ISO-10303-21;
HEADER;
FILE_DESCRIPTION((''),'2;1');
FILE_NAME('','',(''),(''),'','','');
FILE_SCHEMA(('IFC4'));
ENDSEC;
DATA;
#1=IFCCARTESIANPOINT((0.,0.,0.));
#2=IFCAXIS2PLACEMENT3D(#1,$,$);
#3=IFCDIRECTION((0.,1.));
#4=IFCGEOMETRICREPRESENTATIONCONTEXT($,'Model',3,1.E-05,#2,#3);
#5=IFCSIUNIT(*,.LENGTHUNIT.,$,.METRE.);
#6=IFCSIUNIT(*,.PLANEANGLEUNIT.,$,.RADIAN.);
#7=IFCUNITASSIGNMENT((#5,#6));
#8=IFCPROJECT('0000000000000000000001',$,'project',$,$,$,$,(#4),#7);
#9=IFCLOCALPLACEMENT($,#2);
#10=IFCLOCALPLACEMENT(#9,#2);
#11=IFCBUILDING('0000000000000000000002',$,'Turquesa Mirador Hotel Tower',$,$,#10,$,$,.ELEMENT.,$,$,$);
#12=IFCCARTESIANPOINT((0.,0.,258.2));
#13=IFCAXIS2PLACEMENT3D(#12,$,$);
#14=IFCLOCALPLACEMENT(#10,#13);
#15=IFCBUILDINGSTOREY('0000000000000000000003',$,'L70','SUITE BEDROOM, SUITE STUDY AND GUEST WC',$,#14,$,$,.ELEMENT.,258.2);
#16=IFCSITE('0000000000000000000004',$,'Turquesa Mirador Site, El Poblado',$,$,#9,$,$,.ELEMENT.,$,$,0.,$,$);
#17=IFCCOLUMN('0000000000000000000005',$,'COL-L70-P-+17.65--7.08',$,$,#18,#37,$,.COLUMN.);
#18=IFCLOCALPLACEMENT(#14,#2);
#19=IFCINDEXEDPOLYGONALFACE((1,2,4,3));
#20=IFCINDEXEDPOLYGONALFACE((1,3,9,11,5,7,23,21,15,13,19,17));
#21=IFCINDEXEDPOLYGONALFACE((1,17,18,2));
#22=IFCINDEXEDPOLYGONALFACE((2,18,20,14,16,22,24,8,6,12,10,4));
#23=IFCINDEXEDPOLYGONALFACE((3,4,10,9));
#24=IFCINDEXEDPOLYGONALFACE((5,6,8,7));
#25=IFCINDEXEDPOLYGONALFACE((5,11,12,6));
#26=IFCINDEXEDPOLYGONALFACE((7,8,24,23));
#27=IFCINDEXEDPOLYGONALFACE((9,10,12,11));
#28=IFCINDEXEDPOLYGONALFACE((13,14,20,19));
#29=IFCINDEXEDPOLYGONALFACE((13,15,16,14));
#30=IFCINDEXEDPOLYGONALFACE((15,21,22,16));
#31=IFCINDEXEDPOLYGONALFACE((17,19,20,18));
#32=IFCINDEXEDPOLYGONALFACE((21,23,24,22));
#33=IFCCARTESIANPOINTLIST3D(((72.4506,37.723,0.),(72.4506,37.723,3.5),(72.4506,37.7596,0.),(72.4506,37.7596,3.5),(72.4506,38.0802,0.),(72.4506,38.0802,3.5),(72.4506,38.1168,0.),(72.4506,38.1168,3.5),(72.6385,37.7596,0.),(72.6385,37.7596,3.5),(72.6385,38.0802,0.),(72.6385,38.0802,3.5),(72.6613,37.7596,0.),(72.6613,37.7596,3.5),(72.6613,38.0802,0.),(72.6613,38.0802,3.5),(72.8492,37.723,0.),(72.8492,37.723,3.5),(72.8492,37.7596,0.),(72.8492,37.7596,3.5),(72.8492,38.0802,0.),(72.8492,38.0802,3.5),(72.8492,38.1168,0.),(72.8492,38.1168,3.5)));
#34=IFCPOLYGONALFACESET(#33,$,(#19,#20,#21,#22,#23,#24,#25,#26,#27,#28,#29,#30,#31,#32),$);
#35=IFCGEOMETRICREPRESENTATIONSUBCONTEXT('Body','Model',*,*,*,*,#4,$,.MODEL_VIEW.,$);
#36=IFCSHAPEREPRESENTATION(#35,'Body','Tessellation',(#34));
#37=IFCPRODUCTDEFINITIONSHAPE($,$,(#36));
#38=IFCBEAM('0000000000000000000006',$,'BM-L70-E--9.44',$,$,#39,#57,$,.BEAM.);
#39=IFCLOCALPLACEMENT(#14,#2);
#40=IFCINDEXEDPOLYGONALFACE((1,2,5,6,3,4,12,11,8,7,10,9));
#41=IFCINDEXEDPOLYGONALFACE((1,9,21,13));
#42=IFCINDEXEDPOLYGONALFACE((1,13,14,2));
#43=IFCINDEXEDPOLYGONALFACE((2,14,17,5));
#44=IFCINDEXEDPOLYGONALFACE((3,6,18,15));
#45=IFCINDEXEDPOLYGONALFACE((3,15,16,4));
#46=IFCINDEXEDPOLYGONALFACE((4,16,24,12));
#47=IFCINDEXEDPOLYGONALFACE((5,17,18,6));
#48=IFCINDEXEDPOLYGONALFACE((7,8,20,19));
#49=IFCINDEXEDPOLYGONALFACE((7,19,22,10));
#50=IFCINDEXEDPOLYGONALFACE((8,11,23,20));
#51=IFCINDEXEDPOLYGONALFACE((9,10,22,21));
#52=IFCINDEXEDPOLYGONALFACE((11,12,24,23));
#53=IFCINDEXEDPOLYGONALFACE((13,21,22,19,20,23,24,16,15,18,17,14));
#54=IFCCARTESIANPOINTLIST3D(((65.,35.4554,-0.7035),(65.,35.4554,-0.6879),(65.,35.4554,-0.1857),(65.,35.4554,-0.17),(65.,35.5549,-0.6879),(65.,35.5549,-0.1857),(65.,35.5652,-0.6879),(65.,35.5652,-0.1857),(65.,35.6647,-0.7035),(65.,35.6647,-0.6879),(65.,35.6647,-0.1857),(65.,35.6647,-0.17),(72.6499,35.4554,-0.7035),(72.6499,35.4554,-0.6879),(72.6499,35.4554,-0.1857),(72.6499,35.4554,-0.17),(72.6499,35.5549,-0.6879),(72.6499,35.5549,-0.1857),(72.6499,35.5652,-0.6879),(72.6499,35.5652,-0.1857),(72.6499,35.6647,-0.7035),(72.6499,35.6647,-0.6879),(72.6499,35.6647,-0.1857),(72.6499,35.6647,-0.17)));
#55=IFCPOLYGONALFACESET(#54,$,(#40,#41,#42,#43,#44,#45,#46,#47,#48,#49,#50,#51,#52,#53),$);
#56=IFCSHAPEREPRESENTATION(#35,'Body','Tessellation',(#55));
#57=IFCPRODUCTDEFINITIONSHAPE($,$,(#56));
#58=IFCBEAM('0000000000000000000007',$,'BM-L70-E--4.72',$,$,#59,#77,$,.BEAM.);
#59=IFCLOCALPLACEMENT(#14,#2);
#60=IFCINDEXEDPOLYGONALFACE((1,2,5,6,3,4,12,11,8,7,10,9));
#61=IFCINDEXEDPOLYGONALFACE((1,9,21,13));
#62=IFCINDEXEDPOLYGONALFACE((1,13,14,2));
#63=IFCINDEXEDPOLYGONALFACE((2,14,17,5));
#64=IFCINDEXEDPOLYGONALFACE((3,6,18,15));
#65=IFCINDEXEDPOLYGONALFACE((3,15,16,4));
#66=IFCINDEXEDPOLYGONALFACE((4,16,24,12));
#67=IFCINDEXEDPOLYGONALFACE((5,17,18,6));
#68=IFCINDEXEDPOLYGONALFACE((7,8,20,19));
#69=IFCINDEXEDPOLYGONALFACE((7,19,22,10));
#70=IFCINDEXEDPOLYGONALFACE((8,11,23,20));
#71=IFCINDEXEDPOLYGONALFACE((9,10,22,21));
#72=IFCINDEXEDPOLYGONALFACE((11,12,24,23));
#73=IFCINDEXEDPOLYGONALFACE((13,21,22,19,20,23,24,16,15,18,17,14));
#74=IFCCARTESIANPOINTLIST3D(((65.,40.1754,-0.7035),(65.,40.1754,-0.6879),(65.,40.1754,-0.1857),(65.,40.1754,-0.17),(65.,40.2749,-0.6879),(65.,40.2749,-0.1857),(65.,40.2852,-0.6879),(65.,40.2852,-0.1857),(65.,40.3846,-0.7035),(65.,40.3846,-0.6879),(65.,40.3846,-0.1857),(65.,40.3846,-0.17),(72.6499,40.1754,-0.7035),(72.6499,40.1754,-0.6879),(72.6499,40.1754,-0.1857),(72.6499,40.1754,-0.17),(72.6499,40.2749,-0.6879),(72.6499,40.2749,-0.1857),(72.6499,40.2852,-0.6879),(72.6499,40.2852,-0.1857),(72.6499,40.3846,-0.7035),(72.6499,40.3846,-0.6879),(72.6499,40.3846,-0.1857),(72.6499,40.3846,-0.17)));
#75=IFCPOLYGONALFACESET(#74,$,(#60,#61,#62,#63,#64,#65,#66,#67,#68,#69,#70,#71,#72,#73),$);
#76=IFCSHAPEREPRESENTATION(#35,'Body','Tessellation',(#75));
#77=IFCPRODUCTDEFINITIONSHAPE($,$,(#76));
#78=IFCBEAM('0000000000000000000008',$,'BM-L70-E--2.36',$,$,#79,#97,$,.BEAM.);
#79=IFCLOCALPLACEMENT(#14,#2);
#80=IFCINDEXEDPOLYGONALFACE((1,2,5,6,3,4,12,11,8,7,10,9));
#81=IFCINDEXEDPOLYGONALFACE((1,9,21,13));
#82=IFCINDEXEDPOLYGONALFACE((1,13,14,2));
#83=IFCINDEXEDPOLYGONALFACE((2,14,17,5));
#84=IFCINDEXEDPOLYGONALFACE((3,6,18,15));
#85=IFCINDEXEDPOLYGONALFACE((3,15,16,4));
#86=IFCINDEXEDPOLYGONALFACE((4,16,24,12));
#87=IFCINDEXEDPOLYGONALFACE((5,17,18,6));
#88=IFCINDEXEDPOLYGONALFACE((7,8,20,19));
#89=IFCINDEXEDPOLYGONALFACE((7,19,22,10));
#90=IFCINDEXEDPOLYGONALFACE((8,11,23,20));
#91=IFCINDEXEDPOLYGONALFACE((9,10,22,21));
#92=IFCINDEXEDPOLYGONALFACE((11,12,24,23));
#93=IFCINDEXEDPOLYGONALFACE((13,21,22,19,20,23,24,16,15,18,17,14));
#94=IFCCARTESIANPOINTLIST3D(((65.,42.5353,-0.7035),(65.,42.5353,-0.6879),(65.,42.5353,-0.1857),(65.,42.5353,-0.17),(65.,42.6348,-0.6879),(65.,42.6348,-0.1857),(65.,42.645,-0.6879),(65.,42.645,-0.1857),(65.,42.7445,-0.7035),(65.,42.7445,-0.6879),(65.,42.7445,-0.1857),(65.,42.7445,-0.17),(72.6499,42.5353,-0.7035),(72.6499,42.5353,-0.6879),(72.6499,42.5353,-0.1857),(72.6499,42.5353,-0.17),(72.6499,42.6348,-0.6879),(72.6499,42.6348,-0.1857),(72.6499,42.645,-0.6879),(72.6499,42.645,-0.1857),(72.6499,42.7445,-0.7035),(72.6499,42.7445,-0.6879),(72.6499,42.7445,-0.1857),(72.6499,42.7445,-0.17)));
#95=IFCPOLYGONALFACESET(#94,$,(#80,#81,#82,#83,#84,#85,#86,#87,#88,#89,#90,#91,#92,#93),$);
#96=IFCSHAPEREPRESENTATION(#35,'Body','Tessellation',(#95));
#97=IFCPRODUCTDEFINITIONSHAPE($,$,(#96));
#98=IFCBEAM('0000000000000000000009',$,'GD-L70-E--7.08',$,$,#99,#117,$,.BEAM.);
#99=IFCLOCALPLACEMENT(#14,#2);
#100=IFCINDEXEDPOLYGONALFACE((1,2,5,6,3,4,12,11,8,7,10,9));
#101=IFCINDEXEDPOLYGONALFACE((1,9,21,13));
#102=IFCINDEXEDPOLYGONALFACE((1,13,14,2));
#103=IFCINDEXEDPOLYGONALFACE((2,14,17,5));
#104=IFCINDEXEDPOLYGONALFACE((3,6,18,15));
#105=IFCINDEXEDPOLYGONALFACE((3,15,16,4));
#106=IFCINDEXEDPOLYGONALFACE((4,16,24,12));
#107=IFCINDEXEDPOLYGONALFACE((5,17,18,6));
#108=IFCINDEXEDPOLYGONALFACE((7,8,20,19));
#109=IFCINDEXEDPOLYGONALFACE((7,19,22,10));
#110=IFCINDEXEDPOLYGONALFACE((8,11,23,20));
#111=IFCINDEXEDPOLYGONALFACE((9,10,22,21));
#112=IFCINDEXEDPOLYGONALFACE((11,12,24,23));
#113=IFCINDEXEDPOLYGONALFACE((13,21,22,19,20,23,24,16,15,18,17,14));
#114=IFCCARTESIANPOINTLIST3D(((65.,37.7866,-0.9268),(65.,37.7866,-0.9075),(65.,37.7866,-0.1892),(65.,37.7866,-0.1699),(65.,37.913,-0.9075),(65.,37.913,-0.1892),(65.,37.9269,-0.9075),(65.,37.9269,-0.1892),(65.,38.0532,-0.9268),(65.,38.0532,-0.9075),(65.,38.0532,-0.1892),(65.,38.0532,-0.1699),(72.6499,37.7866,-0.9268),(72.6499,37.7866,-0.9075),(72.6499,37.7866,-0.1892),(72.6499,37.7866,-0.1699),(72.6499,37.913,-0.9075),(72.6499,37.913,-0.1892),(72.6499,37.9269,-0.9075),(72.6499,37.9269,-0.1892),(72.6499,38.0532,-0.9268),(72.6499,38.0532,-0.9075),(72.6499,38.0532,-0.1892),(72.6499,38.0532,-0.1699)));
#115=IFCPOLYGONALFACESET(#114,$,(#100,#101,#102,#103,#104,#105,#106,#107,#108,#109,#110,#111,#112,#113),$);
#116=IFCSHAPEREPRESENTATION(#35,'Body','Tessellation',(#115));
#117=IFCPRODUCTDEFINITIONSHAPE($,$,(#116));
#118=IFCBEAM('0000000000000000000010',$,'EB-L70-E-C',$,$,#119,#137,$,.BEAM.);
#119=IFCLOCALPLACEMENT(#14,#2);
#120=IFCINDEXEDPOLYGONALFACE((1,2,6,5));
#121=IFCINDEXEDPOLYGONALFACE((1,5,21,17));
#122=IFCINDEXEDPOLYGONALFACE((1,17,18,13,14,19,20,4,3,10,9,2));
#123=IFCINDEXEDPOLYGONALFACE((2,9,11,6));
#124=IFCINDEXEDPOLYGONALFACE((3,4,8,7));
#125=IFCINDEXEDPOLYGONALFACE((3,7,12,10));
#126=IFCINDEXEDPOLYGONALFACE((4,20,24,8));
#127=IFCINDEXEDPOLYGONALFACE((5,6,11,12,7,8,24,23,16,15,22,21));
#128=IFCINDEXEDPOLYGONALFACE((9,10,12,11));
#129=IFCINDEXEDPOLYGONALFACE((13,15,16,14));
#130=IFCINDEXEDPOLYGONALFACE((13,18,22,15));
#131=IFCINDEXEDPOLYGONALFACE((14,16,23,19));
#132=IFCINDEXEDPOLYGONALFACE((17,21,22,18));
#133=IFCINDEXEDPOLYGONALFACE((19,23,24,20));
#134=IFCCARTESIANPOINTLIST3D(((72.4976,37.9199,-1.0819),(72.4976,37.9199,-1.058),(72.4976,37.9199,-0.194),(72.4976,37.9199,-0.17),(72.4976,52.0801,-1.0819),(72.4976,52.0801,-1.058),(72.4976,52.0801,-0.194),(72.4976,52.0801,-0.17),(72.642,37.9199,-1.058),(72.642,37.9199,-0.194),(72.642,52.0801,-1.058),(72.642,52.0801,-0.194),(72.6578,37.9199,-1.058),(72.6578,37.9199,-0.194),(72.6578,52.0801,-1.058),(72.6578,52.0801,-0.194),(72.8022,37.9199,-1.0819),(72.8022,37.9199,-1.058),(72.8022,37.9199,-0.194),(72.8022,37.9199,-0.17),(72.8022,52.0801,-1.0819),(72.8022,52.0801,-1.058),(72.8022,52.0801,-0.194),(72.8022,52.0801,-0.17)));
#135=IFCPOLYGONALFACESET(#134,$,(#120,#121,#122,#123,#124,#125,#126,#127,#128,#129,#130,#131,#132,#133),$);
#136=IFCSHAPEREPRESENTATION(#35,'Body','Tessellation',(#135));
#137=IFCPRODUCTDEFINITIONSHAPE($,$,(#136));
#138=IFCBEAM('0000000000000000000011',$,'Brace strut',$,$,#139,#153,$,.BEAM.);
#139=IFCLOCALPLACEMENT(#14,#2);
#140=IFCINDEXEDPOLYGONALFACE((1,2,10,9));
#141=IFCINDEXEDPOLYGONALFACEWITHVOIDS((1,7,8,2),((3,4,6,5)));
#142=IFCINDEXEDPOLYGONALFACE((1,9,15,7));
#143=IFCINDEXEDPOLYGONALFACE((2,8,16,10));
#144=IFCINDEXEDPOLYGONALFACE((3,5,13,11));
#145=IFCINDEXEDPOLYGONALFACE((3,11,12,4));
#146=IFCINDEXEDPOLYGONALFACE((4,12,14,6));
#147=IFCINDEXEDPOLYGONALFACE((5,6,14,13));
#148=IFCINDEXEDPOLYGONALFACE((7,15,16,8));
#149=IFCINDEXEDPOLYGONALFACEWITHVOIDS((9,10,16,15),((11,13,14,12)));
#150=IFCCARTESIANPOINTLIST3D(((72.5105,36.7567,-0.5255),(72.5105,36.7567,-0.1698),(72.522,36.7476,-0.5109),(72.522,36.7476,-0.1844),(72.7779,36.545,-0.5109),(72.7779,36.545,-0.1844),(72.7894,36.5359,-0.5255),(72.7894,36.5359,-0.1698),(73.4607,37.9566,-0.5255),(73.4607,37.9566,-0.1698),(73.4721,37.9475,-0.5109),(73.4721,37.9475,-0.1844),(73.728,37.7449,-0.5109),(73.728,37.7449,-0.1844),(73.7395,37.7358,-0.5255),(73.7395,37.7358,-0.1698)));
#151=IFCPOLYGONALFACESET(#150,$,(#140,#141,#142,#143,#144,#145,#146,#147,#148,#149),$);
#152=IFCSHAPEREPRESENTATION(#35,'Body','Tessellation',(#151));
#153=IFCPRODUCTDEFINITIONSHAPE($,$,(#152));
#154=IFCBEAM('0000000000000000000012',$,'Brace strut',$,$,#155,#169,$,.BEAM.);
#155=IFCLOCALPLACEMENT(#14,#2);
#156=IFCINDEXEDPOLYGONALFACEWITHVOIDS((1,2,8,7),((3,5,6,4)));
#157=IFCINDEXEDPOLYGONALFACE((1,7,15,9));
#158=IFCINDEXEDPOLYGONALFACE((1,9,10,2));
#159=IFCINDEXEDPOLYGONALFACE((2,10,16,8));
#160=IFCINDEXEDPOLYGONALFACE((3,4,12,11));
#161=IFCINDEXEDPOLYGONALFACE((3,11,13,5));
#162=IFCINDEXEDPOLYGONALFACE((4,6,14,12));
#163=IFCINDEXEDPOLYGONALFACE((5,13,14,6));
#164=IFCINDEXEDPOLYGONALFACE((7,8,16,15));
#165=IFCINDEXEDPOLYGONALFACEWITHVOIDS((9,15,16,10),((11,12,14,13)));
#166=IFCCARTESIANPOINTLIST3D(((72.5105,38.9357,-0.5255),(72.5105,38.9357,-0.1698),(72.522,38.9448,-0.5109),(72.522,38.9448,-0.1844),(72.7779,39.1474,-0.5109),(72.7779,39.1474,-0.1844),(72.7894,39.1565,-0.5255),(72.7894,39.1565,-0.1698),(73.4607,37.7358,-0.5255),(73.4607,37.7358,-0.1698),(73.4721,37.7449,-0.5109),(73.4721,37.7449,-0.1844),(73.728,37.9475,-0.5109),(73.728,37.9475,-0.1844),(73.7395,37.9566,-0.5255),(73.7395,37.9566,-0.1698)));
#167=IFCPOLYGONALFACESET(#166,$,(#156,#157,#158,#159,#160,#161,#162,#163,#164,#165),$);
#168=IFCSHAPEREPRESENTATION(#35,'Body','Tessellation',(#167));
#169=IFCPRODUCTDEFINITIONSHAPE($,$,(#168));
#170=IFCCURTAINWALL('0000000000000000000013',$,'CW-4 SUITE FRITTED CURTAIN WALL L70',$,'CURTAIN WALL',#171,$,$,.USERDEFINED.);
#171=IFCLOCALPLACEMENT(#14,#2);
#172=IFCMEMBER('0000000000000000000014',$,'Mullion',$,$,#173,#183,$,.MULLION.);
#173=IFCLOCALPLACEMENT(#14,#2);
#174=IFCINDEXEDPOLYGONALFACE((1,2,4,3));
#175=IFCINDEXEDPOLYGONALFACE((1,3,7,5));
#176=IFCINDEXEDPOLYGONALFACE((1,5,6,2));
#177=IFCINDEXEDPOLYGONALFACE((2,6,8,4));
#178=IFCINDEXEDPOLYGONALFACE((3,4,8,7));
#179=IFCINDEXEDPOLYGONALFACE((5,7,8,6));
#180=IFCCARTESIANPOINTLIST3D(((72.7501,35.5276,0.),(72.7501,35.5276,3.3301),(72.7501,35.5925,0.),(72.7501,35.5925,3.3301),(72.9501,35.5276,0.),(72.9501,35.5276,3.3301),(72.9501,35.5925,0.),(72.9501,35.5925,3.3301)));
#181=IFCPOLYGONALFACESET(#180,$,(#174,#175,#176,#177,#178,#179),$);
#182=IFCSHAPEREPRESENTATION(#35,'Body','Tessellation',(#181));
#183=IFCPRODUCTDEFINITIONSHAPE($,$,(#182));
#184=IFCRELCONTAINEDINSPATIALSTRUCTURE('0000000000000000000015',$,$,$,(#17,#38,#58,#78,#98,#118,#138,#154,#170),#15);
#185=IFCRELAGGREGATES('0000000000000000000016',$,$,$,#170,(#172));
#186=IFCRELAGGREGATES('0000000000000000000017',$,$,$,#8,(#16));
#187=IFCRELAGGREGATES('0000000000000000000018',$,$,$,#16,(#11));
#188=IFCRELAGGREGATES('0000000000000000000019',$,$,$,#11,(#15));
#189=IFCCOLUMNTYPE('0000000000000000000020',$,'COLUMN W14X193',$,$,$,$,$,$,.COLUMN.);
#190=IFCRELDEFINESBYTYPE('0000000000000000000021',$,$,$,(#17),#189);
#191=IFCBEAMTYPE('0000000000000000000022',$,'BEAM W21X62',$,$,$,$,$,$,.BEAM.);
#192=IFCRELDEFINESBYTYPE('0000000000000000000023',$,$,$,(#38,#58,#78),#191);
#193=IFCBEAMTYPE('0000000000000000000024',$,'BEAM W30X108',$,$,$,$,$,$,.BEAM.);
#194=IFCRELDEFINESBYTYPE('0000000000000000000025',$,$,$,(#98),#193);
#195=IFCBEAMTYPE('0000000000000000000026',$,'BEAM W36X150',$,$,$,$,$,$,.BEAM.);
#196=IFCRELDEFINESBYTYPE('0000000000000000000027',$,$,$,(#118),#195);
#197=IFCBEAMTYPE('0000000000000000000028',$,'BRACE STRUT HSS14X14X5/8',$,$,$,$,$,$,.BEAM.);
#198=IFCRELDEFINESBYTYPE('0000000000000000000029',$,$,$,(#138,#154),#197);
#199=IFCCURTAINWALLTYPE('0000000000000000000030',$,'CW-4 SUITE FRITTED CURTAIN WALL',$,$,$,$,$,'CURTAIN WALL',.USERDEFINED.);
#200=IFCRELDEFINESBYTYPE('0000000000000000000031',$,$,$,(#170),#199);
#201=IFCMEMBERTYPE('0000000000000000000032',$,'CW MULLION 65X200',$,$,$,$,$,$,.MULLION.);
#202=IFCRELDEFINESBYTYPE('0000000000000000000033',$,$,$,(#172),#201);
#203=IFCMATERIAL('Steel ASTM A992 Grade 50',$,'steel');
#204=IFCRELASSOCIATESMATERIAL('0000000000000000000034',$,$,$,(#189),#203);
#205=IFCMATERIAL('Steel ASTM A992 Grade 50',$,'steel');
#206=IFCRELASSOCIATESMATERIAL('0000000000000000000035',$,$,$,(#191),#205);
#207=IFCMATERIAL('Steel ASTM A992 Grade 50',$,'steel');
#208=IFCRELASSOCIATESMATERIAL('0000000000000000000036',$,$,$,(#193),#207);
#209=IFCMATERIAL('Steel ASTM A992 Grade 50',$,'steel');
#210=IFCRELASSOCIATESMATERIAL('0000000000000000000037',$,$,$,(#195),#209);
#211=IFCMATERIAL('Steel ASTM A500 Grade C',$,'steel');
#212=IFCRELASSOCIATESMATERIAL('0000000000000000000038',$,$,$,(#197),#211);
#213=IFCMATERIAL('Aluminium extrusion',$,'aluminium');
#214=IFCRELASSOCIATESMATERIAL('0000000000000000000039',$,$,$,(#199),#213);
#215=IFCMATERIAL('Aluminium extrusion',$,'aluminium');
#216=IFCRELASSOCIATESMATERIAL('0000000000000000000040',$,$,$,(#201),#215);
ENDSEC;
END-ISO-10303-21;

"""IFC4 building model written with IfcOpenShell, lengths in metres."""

from ifc_helpers import new_model, si_unit, direction, frame, origin, origin_2d, place, context, subcontext, project, spatial, rectangle, hollow_rectangle, i_section, extrude, material, material_profile, profile_set, type_object, element, aggregate, save


model = new_model("IFC4")

# Units and contexts
model_context = context("Model", 3, precision=1e-05, world=origin(), true_north=direction((0.0, 1.0)))
body_context = subcontext(model_context, "Body", "Model", "MODEL_VIEW")
ifc_project = project(units=[si_unit("LENGTHUNIT", "METRE"), si_unit("PLANEANGLEUNIT", "RADIAN")], contexts=[model_context])

# Site, building, storey
site_placement = place(None, origin())
site = spatial("IfcSite", under=ifc_project, at=site_placement, Name="Turquesa Mirador Site, El Poblado", CompositionType="ELEMENT", RefElevation=0.0)
building_placement = place(site_placement, origin())
building = spatial("IfcBuilding", under=site, at=building_placement, Name="Turquesa Mirador Hotel Tower", CompositionType="ELEMENT")
storey_placement = place(building_placement, frame((0.0, 0.0, 258.2)))
storey = spatial("IfcBuildingStorey", under=building, at=storey_placement, Name="L70", Description="SUITE BEDROOM, SUITE STUDY AND GUEST WC", CompositionType="ELEMENT", Elevation=258.2)

# Column
ifc_material_1 = material(Name="Steel ASTM A992 Grade 50", Category="steel")
ifc_material_profile_1 = material_profile(ifc_material_1, i_section(OverallWidth=0.3987, OverallDepth=0.3938, WebThickness=0.0227, FlangeThickness=0.0366, at=origin_2d()), Name="W14X193")
ifc_profile_set_1 = profile_set([ifc_material_profile_1], Name="Steel ASTM A992 Grade 50")
column_type = type_object("IfcColumnType", Name="COLUMN W14X193", PredefinedType="COLUMN", material=ifc_profile_set_1)
column_placement = place(storey_placement, frame((72.6499, 37.9199, 0.0), z_axis=(0.0, 0.0, 1.0), x_axis=(1.0, 0.0, 0.0)))
element("IfcColumn", 1, at=column_placement, inside=storey, type_object=column_type, Name="COL-L70-P-+17.65--7.08", PredefinedType="COLUMN", context=body_context, shape_type="SweptSolid", body=[
    extrude(i_section(OverallWidth=0.3987, OverallDepth=0.3938, WebThickness=0.0227, FlangeThickness=0.0366, at=origin_2d()), origin(), (0.0, 0.0, 1.0), 3.5),
])

# Beams
ifc_material_2 = material(Name="Steel ASTM A992 Grade 50", Category="steel")
ifc_material_profile_2 = material_profile(ifc_material_2, i_section(OverallWidth=0.2092, OverallDepth=0.5334, WebThickness=0.0103, FlangeThickness=0.0156, at=origin_2d()), Name="W21X62")
ifc_profile_set_2 = profile_set([ifc_material_profile_2], Name="Steel ASTM A992 Grade 50")
beam_type_1 = type_object("IfcBeamType", Name="BEAM W21X62", PredefinedType="BEAM", material=ifc_profile_set_2)
for number, where, z_axis, x_axis, name in (
    (2, (72.6499, 35.5601, -0.4368), (-1.0, 0.0, 0.0), (0.0, -1.0, 0.0), "BM-L70-E--9.44"),
    (3, (72.6499, 40.28, -0.4368), (-1.0, 0.0, 0.0), (0.0, -1.0, 0.0), "BM-L70-E--4.72"),
    (4, (72.6499, 42.6399, -0.4368), (-1.0, 0.0, 0.0), (0.0, -1.0, 0.0), "BM-L70-E--2.36"),
):
    element("IfcBeam", number, at=place(storey_placement, frame(where, z_axis=z_axis, x_axis=x_axis)), inside=storey, type_object=beam_type_1, Name=name, PredefinedType="BEAM", context=body_context, shape_type="SweptSolid", body=[
        extrude(i_section(OverallWidth=0.2092, OverallDepth=0.5334, WebThickness=0.0103, FlangeThickness=0.0156, at=origin_2d()), origin(), (0.0, 0.0, 1.0), 7.6499),
    ])
ifc_material_3 = material(Name="Steel ASTM A992 Grade 50", Category="steel")
ifc_material_profile_3 = material_profile(ifc_material_3, i_section(OverallWidth=0.2666, OverallDepth=0.7568, WebThickness=0.0139, FlangeThickness=0.0193, at=origin_2d()), Name="W30X108")
ifc_profile_set_3 = profile_set([ifc_material_profile_3], Name="Steel ASTM A992 Grade 50")
beam_type_2 = type_object("IfcBeamType", Name="BEAM W30X108", PredefinedType="BEAM", material=ifc_profile_set_3)
beam_1_placement = place(storey_placement, frame((72.6499, 37.9199, -0.5483), z_axis=(-1.0, 0.0, 0.0), x_axis=(0.0, -1.0, 0.0)))
element("IfcBeam", 5, at=beam_1_placement, inside=storey, type_object=beam_type_2, Name="GD-L70-E--7.08", PredefinedType="BEAM", context=body_context, shape_type="SweptSolid", body=[
    extrude(i_section(OverallWidth=0.2666, OverallDepth=0.7568, WebThickness=0.0139, FlangeThickness=0.0193, at=origin_2d()), origin(), (0.0, 0.0, 1.0), 7.6499),
])
ifc_material_4 = material(Name="Steel ASTM A992 Grade 50", Category="steel")
ifc_material_profile_4 = material_profile(ifc_material_4, i_section(OverallWidth=0.3047, OverallDepth=0.9119, WebThickness=0.0159, FlangeThickness=0.0239, at=origin_2d()), Name="W36X150")
ifc_profile_set_4 = profile_set([ifc_material_profile_4], Name="Steel ASTM A992 Grade 50")
beam_type_3 = type_object("IfcBeamType", Name="BEAM W36X150", PredefinedType="BEAM", material=ifc_profile_set_4)
beam_2_placement = place(storey_placement, frame((72.6499, 37.9199, -0.626), z_axis=(0.0, 1.0, 0.0), x_axis=(-1.0, 0.0, 0.0)))
element("IfcBeam", 6, at=beam_2_placement, inside=storey, type_object=beam_type_3, Name="EB-L70-E-C", PredefinedType="BEAM", context=body_context, shape_type="SweptSolid", body=[
    extrude(i_section(OverallWidth=0.3047, OverallDepth=0.9119, WebThickness=0.0159, FlangeThickness=0.0239, at=origin_2d()), origin(), (0.0, 0.0, 1.0), 14.1602),
])
ifc_material_5 = material(Name="Steel ASTM A500 Grade C", Category="steel")
ifc_material_profile_5 = material_profile(ifc_material_5, hollow_rectangle(XDim=0.3557, YDim=0.3557, WallThickness=0.0146, at=origin_2d()), Name="HSS14X14X5/8")
ifc_profile_set_5 = profile_set([ifc_material_profile_5], Name="Steel ASTM A500 Grade C")
beam_type_4 = type_object("IfcBeamType", Name="BRACE STRUT HSS14X14X5/8", PredefinedType="BEAM", material=ifc_profile_set_5)
for number, where, z_axis, x_axis, name in (
    (7, (73.6001, 37.8462, -0.3477), (-0.620797, -0.783971, 0.0), (0.783971, -0.620797, 0.0), "Brace strut"),
    (8, (73.6001, 37.8462, -0.3477), (-0.620797, 0.783971, 0.0), (-0.783971, -0.620797, 0.0), "Brace strut"),
):
    element("IfcBeam", number, at=place(storey_placement, frame(where, z_axis=z_axis, x_axis=x_axis)), inside=storey, type_object=beam_type_4, Name=name, PredefinedType="BEAM", context=body_context, shape_type="SweptSolid", body=[
        extrude(hollow_rectangle(XDim=0.3557, YDim=0.3557, WallThickness=0.0146, at=origin_2d()), origin(), (0.0, 0.0, 1.0), 1.5305),
    ])

# Curtain wall, member
ifc_material_6 = material(Name="Aluminium extrusion", Category="aluminium")
curtain_wall_type = type_object("IfcCurtainWallType", Name="CW-4 SUITE FRITTED CURTAIN WALL", ElementType="CURTAIN WALL", PredefinedType="USERDEFINED", material=ifc_material_6)
curtain_wall_1_placement = place(storey_placement, origin())
curtain_wall_1 = element("IfcCurtainWall", 9, at=curtain_wall_1_placement, inside=storey, type_object=curtain_wall_type, Name="CW-4 SUITE FRITTED CURTAIN WALL L70", ObjectType="CURTAIN WALL", PredefinedType="USERDEFINED")
ifc_material_7 = material(Name="Aluminium extrusion", Category="aluminium")
ifc_material_profile_6 = material_profile(ifc_material_7, rectangle(XDim=0.0649, YDim=0.2, at=origin_2d()), Name="MULLION 65X200")
ifc_profile_set_6 = profile_set([ifc_material_profile_6], Name="Aluminium extrusion")
member_type_1 = type_object("IfcMemberType", Name="CW MULLION 65X200", PredefinedType="MULLION", material=ifc_profile_set_6)
member_1_placement = place(storey_placement, frame((72.8501, 35.5601, 0.0), z_axis=(0.0, 0.0, 1.0), x_axis=(0.0, 1.0, 0.0)))
member_1 = element("IfcMember", 10, at=member_1_placement, type_object=member_type_1, Name="Mullion", PredefinedType="MULLION", context=body_context, shape_type="SweptSolid", body=[
    extrude(rectangle(XDim=0.0649, YDim=0.2, at=origin_2d()), origin(), (0.0, 0.0, 1.0), 3.3301),
])

aggregate(curtain_wall_1, [member_1])

save(model, "model.ifc")
